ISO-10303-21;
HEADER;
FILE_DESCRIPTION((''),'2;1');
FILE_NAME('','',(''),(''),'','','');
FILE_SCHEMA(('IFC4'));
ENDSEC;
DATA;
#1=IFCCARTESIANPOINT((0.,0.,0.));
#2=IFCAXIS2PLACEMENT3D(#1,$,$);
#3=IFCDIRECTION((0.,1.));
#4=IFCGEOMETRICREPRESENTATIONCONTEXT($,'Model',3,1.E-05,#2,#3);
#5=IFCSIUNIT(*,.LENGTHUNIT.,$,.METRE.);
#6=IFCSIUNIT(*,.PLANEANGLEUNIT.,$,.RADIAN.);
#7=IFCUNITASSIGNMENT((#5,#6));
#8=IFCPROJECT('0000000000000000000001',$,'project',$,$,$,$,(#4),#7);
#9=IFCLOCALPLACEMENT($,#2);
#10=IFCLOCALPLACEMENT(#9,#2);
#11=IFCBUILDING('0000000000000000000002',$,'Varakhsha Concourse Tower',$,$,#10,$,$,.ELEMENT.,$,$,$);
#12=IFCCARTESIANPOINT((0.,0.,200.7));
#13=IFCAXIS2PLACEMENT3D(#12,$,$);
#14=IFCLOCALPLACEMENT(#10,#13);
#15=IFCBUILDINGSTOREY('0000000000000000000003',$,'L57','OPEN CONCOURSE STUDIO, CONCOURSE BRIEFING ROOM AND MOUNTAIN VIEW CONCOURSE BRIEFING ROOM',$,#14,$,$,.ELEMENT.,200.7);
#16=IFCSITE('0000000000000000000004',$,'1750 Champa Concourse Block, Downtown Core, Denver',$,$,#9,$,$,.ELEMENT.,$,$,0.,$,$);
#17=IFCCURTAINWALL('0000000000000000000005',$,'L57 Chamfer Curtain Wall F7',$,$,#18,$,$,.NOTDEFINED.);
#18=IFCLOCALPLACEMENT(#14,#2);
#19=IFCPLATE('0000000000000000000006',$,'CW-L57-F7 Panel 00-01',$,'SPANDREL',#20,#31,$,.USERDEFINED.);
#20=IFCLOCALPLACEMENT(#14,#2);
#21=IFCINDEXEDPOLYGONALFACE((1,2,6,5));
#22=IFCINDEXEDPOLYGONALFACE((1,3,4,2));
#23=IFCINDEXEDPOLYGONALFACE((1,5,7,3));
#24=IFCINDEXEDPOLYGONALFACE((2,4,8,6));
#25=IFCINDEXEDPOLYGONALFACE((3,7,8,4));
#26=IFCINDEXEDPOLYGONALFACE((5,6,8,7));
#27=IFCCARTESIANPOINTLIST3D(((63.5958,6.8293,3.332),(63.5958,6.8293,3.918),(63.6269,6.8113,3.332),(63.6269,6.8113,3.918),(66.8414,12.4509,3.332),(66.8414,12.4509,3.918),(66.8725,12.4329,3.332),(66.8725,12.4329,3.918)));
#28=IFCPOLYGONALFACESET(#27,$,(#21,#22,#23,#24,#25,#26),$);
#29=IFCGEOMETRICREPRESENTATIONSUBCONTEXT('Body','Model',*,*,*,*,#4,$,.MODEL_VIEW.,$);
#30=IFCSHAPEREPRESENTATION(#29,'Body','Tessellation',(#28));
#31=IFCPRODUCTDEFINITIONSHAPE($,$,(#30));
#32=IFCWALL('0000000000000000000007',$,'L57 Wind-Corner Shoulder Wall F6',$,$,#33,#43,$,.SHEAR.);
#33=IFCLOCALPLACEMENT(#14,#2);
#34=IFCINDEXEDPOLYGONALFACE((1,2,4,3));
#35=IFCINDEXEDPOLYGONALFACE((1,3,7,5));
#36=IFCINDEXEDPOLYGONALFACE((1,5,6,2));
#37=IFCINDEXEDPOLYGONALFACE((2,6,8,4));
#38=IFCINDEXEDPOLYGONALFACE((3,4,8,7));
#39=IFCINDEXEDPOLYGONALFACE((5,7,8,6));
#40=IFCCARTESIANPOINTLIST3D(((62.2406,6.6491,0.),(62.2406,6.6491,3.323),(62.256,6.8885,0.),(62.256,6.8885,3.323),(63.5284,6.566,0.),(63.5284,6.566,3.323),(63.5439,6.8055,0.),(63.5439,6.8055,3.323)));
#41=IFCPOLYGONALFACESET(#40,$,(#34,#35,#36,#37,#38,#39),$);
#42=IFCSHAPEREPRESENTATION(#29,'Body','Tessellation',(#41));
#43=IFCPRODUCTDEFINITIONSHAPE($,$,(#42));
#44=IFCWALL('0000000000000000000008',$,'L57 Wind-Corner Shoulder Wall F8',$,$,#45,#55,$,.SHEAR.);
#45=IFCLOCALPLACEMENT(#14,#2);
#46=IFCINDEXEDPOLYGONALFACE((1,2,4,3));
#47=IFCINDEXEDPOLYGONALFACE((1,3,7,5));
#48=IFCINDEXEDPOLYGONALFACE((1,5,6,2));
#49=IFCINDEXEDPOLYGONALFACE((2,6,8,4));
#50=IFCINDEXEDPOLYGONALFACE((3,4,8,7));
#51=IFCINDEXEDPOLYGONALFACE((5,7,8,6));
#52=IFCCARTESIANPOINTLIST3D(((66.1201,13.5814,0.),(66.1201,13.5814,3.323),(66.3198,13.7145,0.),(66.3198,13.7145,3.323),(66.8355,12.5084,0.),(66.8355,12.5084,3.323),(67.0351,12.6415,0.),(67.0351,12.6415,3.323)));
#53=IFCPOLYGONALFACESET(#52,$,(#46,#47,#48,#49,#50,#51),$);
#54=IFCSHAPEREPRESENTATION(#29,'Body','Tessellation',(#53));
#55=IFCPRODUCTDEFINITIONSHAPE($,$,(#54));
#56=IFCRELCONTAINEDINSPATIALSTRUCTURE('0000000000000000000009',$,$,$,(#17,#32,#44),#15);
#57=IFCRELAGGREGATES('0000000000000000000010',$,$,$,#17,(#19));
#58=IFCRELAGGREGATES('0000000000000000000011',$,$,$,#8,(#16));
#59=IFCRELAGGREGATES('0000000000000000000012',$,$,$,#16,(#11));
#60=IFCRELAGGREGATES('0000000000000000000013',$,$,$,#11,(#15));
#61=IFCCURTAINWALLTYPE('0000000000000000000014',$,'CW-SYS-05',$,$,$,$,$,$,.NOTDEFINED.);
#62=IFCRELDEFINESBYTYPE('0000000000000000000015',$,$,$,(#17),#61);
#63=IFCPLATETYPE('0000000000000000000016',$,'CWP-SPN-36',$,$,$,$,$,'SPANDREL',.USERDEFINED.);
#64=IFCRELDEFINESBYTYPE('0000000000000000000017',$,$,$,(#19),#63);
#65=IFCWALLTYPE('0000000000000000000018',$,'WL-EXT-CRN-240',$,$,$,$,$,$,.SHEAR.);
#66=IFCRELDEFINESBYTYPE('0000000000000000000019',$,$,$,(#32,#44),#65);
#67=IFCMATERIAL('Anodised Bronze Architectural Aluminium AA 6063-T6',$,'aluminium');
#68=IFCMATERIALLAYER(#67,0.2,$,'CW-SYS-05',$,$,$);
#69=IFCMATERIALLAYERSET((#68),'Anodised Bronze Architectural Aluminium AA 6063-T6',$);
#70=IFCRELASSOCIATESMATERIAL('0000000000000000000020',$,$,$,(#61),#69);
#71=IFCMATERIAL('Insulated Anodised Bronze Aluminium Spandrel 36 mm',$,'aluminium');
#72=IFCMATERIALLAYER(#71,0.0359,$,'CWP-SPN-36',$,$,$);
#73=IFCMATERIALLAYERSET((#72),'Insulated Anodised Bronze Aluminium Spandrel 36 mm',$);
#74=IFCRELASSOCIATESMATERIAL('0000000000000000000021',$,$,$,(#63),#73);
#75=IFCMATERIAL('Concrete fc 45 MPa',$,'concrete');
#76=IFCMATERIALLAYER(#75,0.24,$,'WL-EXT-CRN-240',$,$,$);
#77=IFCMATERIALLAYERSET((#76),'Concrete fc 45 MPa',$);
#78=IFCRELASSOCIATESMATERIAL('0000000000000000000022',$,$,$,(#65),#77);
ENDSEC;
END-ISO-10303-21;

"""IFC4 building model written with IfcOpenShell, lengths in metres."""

from ifc_helpers import new_model, si_unit, direction, frame, frame_2d, origin, origin_2d, place, context, subcontext, project, spatial, rectangle, extrude, source, transform, mapped, material, layer, layer_set, type_object, element, aggregate, save


model = new_model("IFC4")

# Units and contexts
model_context = context("Model", 3, precision=1e-05, world=origin(), true_north=direction((0.0, 1.0)))
body_context = subcontext(model_context, "Body", "Model", "MODEL_VIEW")
ifc_project = project(units=[si_unit("LENGTHUNIT", "METRE"), si_unit("PLANEANGLEUNIT", "RADIAN")], contexts=[model_context])

# Site, building, storey
site_placement = place(None, origin())
site = spatial("IfcSite", under=ifc_project, at=site_placement, Name="1750 Champa Concourse Block, Downtown Core, Denver", CompositionType="ELEMENT", RefElevation=0.0)
building_placement = place(site_placement, origin())
building = spatial("IfcBuilding", under=site, at=building_placement, Name="Varakhsha Concourse Tower", CompositionType="ELEMENT")
storey_placement = place(building_placement, frame((0.0, 0.0, 200.7)))
storey = spatial("IfcBuildingStorey", under=building, at=storey_placement, Name="L57", Description="OPEN CONCOURSE STUDIO, CONCOURSE BRIEFING ROOM AND MOUNTAIN VIEW CONCOURSE BRIEFING ROOM", CompositionType="ELEMENT", Elevation=200.7)

# Shared definitions
ifc_material_1 = material(Name="Anodised Bronze Architectural Aluminium AA 6063-T6", Category="aluminium")
ifc_layer_1 = layer(ifc_material_1, 0.2, Name="CW-SYS-05")
ifc_layer_set_1 = layer_set([ifc_layer_1], Name="Anodised Bronze Architectural Aluminium AA 6063-T6")
curtain_wall_type = type_object("IfcCurtainWallType", Name="CW-SYS-05", PredefinedType="NOTDEFINED", material=ifc_layer_set_1)

# Curtain wall
curtain_wall_1_placement = place(storey_placement, origin())
curtain_wall_1 = element("IfcCurtainWall", 1, at=curtain_wall_1_placement, inside=storey, type_object=curtain_wall_type, Name="L57 Chamfer Curtain Wall F7", PredefinedType="NOTDEFINED")

# Plate
ifc_material_2 = material(Name="Insulated Anodised Bronze Aluminium Spandrel 36 mm", Category="aluminium")
ifc_layer_2 = layer(ifc_material_2, 0.0359, Name="CWP-SPN-36")
ifc_layer_set_2 = layer_set([ifc_layer_2], Name="Insulated Anodised Bronze Aluminium Spandrel 36 mm")
plate_type_1 = type_object("IfcPlateType", Name="CWP-SPN-36", ElementType="SPANDREL", PredefinedType="USERDEFINED", material=ifc_layer_set_2)
shared_shape_1 = source(origin(), body_context, "Body", "SweptSolid", [
    extrude(rectangle(XDim=6.4912, YDim=0.0359, at=origin_2d()), origin(), (0.0, 0.0, 1.0), 0.5859),
])
plate_1_placement = place(storey_placement, frame((65.2341, 9.6311, 3.332), z_axis=(0.0, 0.0, 1.0), x_axis=(-0.499995, -0.866028, 0.0)))
plate_1 = element("IfcPlate", 2, at=plate_1_placement, type_object=plate_type_1, Name="CW-L57-F7 Panel 00-01", ObjectType="SPANDREL", PredefinedType="USERDEFINED", context=body_context, shape_type="MappedRepresentation", body=[
    mapped(shared_shape_1, transform((0.0, 0.0, 0.0), scale=1.0)),
])
aggregate(curtain_wall_1, [plate_1])

# Walls
ifc_material_3 = material(Name="Concrete fc 45 MPa", Category="concrete")
ifc_layer_3 = layer(ifc_material_3, 0.24, Name="WL-EXT-CRN-240")
ifc_layer_set_3 = layer_set([ifc_layer_3], Name="Concrete fc 45 MPa")
wall_type = type_object("IfcWallType", Name="WL-EXT-CRN-240", PredefinedType="SHEAR", material=ifc_layer_set_3)
wall_1_placement = place(storey_placement, frame((62.2483, 6.7688, 0.0), z_axis=(0.0, 0.0, 1.0), x_axis=(0.997929, -0.064322, 0.0)))
element("IfcWall", 3, at=wall_1_placement, inside=storey, type_object=wall_type, Name="L57 Wind-Corner Shoulder Wall F6", PredefinedType="SHEAR", context=body_context, shape_type="SweptSolid", body=[
    extrude(rectangle(XDim=1.2905, YDim=0.24, at=frame_2d((0.6453, 0.0))), origin(), (0.0, 0.0, 1.0), 3.323),
])
wall_2_placement = place(storey_placement, frame((66.9353, 12.575, 0.0), z_axis=(0.0, 0.0, 1.0), x_axis=(-0.5547, 0.83205, 0.0)))
element("IfcWall", 4, at=wall_2_placement, inside=storey, type_object=wall_type, Name="L57 Wind-Corner Shoulder Wall F8", PredefinedType="SHEAR", context=body_context, shape_type="SweptSolid", body=[
    extrude(rectangle(XDim=1.2896, YDim=0.24, at=frame_2d((0.6448, 0.0))), origin(), (0.0, 0.0, 1.0), 3.323),
])

save(model, "model.ifc")
